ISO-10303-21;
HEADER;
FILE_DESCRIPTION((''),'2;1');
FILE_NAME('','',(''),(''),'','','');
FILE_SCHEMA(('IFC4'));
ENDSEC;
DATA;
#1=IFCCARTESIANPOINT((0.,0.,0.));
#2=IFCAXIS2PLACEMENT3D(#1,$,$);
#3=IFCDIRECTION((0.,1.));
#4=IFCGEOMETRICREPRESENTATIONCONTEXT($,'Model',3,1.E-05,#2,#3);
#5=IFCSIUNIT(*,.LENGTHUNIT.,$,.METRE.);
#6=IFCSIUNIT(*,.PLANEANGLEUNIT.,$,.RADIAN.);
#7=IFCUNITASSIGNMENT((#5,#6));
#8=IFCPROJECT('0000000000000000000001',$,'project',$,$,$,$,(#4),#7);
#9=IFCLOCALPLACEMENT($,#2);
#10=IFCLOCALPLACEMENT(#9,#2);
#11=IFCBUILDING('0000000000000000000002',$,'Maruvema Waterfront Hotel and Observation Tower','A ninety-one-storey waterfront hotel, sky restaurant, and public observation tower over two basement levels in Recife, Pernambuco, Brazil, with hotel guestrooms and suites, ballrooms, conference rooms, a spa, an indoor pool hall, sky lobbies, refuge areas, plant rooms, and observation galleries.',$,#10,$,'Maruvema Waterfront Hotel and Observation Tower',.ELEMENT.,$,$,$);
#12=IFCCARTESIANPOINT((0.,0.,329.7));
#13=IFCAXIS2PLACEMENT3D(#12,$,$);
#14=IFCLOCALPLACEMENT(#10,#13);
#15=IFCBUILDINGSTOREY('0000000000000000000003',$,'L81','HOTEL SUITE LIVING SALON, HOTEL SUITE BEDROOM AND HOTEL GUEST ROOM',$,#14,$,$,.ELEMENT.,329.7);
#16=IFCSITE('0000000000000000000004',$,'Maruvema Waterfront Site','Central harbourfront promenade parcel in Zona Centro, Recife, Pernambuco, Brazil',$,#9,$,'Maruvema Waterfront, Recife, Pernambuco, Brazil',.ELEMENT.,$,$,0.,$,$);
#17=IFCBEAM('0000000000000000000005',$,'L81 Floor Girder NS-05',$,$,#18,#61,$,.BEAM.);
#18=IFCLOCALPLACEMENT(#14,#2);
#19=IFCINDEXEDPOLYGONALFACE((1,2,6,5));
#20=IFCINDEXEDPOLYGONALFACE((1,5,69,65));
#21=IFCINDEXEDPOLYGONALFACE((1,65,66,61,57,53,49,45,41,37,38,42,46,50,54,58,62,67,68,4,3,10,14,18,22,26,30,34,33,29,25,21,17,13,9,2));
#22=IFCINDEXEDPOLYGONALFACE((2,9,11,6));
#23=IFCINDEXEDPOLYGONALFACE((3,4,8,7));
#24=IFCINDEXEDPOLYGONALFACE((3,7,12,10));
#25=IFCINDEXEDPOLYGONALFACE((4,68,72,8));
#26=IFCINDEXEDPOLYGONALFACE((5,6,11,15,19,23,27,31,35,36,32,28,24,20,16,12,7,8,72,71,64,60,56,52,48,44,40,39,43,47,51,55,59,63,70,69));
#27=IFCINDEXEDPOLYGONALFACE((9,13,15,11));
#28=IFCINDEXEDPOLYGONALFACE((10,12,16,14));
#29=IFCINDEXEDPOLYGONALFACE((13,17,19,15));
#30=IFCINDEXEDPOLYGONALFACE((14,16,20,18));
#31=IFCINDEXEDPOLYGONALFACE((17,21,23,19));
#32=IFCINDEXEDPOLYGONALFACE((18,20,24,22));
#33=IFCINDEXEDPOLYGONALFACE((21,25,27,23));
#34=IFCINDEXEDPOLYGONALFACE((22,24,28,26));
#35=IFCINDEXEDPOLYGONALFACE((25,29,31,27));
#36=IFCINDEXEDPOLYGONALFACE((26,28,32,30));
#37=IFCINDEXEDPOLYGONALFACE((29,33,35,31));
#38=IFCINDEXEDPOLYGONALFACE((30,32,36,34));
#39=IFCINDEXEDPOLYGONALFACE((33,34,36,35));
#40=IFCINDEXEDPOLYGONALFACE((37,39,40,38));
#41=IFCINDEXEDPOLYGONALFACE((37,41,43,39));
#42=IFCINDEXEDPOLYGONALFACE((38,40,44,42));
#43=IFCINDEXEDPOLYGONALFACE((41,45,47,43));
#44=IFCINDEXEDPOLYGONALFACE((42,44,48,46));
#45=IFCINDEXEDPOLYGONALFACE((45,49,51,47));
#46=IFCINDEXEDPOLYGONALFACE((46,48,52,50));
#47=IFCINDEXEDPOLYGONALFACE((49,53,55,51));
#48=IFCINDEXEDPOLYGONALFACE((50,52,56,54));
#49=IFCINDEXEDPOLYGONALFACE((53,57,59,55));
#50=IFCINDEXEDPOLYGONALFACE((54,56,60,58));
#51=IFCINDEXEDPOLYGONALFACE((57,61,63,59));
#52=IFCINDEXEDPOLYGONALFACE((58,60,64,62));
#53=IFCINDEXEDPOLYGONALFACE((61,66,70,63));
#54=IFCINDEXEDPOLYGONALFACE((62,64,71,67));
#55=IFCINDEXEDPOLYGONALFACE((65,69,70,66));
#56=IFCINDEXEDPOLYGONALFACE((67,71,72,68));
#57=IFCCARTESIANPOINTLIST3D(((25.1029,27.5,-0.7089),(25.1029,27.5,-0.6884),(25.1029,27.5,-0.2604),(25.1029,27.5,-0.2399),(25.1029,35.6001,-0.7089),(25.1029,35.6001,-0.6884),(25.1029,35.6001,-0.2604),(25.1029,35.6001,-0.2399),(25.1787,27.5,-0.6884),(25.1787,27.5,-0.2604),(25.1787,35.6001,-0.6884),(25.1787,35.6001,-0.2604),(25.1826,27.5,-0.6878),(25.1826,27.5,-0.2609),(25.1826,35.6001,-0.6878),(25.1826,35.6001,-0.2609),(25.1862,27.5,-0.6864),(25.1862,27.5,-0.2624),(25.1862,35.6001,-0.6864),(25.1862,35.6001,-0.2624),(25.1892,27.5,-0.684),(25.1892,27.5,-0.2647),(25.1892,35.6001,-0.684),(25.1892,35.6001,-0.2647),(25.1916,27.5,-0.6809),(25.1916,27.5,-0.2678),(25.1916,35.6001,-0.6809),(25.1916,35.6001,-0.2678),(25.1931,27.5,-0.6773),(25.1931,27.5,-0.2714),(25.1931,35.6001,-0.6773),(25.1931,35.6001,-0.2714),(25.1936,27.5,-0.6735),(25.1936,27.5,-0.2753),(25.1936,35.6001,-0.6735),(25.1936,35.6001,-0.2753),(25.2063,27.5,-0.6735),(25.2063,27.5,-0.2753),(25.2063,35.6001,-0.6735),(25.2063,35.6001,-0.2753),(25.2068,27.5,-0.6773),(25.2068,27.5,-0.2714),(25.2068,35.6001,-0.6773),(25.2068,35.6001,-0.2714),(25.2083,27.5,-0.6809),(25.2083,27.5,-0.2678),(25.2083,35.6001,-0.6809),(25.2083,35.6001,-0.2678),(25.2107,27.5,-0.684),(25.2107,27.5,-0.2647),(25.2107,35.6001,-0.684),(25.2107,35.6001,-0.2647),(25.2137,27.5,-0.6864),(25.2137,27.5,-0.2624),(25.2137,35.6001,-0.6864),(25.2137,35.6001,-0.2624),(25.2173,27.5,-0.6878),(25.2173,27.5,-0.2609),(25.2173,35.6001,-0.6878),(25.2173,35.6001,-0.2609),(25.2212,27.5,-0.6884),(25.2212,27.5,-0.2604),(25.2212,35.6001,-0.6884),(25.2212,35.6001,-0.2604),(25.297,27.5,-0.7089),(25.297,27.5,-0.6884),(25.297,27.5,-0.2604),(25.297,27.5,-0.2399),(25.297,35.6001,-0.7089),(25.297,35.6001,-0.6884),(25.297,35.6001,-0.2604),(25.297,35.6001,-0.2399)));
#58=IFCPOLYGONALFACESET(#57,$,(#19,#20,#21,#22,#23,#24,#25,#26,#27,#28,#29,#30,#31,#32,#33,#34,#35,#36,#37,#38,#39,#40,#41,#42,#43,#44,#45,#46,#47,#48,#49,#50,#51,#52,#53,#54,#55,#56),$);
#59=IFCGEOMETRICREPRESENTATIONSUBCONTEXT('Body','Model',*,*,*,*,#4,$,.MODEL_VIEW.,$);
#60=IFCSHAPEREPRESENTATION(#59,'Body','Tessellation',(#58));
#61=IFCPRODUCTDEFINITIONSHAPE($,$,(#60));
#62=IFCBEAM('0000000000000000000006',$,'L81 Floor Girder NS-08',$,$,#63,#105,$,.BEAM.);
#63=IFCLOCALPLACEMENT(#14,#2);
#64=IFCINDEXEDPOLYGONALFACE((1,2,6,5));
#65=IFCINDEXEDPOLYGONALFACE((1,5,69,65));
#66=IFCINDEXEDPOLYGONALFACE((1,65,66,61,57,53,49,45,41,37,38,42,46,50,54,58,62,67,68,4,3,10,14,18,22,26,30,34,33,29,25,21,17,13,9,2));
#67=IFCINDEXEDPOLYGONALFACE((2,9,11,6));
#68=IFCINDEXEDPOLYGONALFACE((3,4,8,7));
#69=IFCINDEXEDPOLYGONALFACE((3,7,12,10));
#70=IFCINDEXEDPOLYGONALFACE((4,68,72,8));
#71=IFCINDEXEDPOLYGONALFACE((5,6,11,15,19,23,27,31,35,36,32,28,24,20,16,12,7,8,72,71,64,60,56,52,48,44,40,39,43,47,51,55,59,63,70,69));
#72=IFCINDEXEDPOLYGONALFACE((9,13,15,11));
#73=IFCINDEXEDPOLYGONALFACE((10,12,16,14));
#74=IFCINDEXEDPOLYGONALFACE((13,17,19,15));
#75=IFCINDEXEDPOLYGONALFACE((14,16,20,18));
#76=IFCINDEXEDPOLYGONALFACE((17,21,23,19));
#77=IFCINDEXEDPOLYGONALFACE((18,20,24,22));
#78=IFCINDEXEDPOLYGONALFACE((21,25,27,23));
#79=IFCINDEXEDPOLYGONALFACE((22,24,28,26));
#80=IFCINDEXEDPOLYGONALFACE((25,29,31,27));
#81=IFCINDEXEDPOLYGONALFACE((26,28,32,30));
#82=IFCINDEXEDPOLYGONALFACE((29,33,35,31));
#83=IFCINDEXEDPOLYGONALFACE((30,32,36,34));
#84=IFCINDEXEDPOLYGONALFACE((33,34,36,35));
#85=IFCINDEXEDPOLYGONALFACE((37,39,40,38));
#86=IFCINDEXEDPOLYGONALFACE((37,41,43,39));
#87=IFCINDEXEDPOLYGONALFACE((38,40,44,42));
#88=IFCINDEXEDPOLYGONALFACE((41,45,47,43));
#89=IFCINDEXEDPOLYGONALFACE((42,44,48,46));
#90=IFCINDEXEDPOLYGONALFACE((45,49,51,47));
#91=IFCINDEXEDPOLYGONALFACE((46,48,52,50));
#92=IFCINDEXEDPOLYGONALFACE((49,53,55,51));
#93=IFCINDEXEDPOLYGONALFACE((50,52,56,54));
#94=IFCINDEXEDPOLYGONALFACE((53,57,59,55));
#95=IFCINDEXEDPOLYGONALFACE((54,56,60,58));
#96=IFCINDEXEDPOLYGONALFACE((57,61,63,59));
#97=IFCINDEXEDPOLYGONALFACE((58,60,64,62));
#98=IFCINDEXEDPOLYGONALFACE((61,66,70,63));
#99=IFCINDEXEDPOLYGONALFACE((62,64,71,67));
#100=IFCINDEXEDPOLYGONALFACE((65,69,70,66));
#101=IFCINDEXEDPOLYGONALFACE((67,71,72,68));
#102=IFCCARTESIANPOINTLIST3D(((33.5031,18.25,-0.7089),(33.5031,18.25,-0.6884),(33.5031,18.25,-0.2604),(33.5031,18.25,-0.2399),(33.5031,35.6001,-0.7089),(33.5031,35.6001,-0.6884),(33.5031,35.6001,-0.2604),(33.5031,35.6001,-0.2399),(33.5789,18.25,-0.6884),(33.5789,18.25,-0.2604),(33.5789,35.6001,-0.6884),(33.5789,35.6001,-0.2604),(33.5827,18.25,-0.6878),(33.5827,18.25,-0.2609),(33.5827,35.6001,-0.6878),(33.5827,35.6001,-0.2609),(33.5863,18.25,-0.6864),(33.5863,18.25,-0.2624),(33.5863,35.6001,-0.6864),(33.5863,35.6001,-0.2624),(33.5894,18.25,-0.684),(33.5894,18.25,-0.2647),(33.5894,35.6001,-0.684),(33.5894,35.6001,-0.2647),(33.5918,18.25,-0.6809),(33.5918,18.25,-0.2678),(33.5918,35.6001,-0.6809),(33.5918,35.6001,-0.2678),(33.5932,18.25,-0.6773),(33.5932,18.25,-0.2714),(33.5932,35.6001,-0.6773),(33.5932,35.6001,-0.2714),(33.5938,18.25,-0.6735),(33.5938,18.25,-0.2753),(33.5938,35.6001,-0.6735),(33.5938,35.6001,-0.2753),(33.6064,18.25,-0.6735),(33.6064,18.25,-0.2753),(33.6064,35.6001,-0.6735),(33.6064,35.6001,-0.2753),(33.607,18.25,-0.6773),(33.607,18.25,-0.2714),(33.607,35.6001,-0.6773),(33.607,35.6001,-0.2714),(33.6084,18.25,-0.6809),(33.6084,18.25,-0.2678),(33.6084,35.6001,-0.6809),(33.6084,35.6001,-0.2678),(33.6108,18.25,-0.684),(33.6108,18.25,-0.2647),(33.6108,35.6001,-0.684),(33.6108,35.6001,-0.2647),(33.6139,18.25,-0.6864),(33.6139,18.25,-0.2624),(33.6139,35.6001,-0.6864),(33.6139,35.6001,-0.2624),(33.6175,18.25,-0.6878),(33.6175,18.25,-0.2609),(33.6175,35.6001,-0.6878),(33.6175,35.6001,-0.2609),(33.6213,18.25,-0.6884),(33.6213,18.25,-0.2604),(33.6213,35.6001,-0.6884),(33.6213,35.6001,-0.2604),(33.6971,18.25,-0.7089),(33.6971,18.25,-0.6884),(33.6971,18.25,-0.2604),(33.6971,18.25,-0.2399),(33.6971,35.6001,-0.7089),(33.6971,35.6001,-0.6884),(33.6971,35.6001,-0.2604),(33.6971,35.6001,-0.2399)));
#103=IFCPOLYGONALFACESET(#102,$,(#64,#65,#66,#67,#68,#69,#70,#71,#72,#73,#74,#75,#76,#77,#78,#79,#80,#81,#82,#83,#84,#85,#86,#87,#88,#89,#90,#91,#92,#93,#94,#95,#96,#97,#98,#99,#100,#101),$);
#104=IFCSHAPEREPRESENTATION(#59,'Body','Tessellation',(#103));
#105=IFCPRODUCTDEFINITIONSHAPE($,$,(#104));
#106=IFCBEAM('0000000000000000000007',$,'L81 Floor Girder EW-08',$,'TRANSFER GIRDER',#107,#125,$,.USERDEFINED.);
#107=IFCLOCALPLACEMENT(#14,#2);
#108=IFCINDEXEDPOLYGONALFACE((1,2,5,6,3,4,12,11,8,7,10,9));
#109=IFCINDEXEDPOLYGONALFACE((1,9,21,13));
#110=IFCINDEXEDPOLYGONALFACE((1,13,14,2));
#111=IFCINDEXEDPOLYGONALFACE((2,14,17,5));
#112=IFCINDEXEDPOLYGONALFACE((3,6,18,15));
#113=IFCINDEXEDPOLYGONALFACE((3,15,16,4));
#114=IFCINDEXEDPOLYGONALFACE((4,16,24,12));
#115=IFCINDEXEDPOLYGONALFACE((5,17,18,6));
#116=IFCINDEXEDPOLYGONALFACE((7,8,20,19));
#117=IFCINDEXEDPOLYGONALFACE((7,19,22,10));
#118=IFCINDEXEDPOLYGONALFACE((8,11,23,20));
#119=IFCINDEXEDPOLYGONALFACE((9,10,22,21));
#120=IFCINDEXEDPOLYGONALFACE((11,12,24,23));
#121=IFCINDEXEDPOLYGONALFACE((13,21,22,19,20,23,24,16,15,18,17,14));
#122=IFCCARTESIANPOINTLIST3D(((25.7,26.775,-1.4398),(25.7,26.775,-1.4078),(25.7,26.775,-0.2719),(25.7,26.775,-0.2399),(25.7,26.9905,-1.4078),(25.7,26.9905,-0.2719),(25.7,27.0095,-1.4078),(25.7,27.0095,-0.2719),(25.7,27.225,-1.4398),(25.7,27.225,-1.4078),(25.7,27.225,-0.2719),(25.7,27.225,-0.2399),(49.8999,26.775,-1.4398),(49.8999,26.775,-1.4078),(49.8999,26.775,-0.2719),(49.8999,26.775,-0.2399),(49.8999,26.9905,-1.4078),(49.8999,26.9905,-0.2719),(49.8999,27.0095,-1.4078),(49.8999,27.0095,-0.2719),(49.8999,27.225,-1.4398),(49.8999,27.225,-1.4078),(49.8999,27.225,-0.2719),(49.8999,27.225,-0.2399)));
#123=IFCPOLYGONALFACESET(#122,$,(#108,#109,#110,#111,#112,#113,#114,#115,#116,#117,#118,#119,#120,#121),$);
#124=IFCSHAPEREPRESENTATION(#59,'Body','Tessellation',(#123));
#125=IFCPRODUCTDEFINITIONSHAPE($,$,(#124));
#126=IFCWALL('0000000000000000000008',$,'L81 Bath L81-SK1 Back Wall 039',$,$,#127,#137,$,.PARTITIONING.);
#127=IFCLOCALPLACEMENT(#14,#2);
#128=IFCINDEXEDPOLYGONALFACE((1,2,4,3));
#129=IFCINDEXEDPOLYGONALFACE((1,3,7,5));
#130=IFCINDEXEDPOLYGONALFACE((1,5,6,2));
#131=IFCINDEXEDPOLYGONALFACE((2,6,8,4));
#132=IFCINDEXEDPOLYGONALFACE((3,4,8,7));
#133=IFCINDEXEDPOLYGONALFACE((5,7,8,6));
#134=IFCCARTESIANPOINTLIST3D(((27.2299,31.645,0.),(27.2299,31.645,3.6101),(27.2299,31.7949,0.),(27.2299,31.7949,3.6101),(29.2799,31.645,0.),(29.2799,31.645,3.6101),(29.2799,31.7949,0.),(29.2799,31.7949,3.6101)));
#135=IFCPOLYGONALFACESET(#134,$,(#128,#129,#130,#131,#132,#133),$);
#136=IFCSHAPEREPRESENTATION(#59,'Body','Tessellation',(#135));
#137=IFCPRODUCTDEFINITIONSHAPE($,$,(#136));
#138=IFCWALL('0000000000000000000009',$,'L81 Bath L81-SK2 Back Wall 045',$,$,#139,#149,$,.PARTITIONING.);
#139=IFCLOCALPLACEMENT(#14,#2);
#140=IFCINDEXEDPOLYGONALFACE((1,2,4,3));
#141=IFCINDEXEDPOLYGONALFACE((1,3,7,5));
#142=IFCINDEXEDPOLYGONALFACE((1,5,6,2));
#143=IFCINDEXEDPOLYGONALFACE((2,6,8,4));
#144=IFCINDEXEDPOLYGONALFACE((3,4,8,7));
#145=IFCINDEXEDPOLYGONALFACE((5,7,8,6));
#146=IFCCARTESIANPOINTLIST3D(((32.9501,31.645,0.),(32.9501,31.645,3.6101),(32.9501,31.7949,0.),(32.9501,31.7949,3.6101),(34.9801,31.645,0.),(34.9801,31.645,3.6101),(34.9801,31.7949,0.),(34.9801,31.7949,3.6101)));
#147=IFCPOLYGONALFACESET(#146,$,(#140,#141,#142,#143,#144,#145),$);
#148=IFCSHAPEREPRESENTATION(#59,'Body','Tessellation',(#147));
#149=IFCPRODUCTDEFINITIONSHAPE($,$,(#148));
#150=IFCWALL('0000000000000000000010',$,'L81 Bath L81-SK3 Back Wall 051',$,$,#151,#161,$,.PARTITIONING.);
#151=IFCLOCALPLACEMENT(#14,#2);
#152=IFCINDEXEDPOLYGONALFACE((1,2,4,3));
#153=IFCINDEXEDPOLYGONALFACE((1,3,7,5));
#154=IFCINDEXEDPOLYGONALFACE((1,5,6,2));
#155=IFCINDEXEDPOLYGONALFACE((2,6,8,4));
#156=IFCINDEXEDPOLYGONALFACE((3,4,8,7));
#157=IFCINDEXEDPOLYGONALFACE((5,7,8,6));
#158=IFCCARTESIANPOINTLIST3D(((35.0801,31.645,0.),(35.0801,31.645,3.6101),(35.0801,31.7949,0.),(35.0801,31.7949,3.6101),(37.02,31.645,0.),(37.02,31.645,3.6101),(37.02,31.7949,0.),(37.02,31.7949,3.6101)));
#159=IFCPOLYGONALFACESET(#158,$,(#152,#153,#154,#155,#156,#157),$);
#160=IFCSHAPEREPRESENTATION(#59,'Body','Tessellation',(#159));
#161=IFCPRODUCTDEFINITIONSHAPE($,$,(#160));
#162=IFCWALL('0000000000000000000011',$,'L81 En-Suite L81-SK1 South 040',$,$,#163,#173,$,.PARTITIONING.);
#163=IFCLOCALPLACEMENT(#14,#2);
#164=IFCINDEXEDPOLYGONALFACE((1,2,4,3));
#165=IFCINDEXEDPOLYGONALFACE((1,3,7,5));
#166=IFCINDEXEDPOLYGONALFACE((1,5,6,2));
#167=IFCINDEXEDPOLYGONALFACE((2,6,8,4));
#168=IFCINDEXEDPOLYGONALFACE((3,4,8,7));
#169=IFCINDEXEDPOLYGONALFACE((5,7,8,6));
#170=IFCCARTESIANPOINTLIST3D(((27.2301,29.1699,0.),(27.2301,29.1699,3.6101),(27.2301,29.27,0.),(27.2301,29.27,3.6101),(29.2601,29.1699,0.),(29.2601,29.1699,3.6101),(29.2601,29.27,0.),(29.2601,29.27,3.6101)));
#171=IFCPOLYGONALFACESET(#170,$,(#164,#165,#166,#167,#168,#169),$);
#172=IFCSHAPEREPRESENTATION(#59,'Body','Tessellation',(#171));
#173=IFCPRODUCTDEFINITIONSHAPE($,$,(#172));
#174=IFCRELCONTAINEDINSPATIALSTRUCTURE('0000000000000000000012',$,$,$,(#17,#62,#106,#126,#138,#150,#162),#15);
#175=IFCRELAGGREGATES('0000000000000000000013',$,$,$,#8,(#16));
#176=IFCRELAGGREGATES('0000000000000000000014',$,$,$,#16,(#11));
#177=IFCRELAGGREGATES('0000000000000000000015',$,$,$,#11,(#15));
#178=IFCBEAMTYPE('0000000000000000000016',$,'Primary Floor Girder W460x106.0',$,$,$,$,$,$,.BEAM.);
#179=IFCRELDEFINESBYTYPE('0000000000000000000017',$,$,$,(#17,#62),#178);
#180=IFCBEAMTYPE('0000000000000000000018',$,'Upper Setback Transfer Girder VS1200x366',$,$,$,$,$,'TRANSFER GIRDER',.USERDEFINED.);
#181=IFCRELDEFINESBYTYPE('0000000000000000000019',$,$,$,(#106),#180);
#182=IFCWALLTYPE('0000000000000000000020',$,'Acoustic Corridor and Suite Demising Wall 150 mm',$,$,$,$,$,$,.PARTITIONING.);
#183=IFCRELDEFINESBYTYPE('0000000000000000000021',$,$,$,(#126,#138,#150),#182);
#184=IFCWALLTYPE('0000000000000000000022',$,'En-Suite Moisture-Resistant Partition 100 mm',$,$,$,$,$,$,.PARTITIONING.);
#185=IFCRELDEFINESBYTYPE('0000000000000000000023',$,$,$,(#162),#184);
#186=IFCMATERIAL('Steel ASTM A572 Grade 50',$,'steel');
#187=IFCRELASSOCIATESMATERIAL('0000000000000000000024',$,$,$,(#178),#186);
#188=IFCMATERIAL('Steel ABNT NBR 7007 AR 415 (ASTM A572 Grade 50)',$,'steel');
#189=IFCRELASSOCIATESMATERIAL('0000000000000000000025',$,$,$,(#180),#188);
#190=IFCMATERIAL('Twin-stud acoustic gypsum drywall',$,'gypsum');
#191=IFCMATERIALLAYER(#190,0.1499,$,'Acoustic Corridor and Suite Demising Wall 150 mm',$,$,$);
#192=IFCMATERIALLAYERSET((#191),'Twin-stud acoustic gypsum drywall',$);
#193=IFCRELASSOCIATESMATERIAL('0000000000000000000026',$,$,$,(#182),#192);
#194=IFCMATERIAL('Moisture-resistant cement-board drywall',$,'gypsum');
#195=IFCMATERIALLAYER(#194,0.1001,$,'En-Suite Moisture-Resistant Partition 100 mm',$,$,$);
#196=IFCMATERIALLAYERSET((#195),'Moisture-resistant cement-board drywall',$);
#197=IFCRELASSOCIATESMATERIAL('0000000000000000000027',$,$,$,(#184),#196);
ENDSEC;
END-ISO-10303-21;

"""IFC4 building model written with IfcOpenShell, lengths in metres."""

from ifc_helpers import new_model, si_unit, direction, frame, frame_2d, origin, origin_2d, place, context, subcontext, project, spatial, rectangle, i_section, extrude, material, layer, layer_set, material_profile, profile_set, type_object, element, save


model = new_model("IFC4")

# Units and contexts
model_context = context("Model", 3, precision=1e-05, world=origin(), true_north=direction((0.0, 1.0)))
body_context = subcontext(model_context, "Body", "Model", "MODEL_VIEW")
ifc_project = project(units=[si_unit("LENGTHUNIT", "METRE"), si_unit("PLANEANGLEUNIT", "RADIAN")], contexts=[model_context])

# Site, building, storey
site_placement = place(None, origin())
site = spatial("IfcSite", under=ifc_project, at=site_placement, Name="Maruvema Waterfront Site", Description="Central harbourfront promenade parcel in Zona Centro, Recife, Pernambuco, Brazil", LongName="Maruvema Waterfront, Recife, Pernambuco, Brazil", CompositionType="ELEMENT", RefElevation=0.0)
building_placement = place(site_placement, origin())
building = spatial("IfcBuilding", under=site, at=building_placement, Name="Maruvema Waterfront Hotel and Observation Tower", Description="A ninety-one-storey waterfront hotel, sky restaurant, and public observation tower over two basement levels in Recife, Pernambuco, Brazil, with hotel guestrooms and suites, ballrooms, conference rooms, a spa, an indoor pool hall, sky lobbies, refuge areas, plant rooms, and observation galleries.", LongName="Maruvema Waterfront Hotel and Observation Tower", CompositionType="ELEMENT")
storey_placement = place(building_placement, frame((0.0, 0.0, 329.7)))
storey = spatial("IfcBuildingStorey", under=building, at=storey_placement, Name="L81", Description="HOTEL SUITE LIVING SALON, HOTEL SUITE BEDROOM AND HOTEL GUEST ROOM", CompositionType="ELEMENT", Elevation=329.7)

# Beams
ifc_material_1 = material(Name="Steel ASTM A572 Grade 50", Category="steel")
ifc_material_profile_1 = material_profile(ifc_material_1, i_section(OverallWidth=0.1941, OverallDepth=0.469, WebThickness=0.0127, FlangeThickness=0.0205, FilletRadius=0.0149, at=origin_2d()), Name="W460x106.0")
ifc_profile_set_1 = profile_set([ifc_material_profile_1], Name="Steel ASTM A572 Grade 50")
beam_type_1 = type_object("IfcBeamType", Name="Primary Floor Girder W460x106.0", PredefinedType="BEAM", material=ifc_profile_set_1)
for number, where, z_axis, x_axis, name in (
    (1, (25.2, 27.5, -0.4744), (0.0, 1.0, 0.0), (-1.0, 0.0, 0.0), "L81 Floor Girder NS-05"),
):
    element("IfcBeam", number, at=place(storey_placement, frame(where, z_axis=z_axis, x_axis=x_axis)), inside=storey, type_object=beam_type_1, Name=name, PredefinedType="BEAM", context=body_context, shape_type="SweptSolid", body=[
        extrude(i_section(OverallWidth=0.1941, OverallDepth=0.469, WebThickness=0.0127, FlangeThickness=0.0205, FilletRadius=0.0149, at=origin_2d()), origin(), (0.0, 0.0, 1.0), 8.1001),
    ])
beam_1_placement = place(storey_placement, frame((33.6001, 18.25, -0.4744), z_axis=(0.0, 1.0, 0.0), x_axis=(-1.0, 0.0, 0.0)))
element("IfcBeam", 2, at=beam_1_placement, inside=storey, type_object=beam_type_1, Name="L81 Floor Girder NS-08", PredefinedType="BEAM", context=body_context, shape_type="SweptSolid", body=[
    extrude(i_section(OverallWidth=0.1941, OverallDepth=0.469, WebThickness=0.0127, FlangeThickness=0.0205, FilletRadius=0.0149, at=origin_2d()), origin(), (0.0, 0.0, 1.0), 17.3501),
])
ifc_material_2 = material(Name="Steel ABNT NBR 7007 AR 415 (ASTM A572 Grade 50)", Category="steel")
ifc_material_profile_2 = material_profile(ifc_material_2, i_section(OverallWidth=0.45, OverallDepth=1.2, WebThickness=0.019, FlangeThickness=0.032, at=origin_2d()), Name="VS1200x366")
ifc_profile_set_2 = profile_set([ifc_material_profile_2], Name="Steel ABNT NBR 7007 AR 415 (ASTM A572 Grade 50)")
beam_type_2 = type_object("IfcBeamType", Name="Upper Setback Transfer Girder VS1200x366", ElementType="TRANSFER GIRDER", PredefinedType="USERDEFINED", material=ifc_profile_set_2)
beam_2_placement = place(storey_placement, frame((25.7, 27.0, -0.8398), z_axis=(1.0, 0.0, 0.0), x_axis=(0.0, 1.0, 0.0)))
element("IfcBeam", 3, at=beam_2_placement, inside=storey, type_object=beam_type_2, Name="L81 Floor Girder EW-08", ObjectType="TRANSFER GIRDER", PredefinedType="USERDEFINED", context=body_context, shape_type="SweptSolid", body=[
    extrude(i_section(OverallWidth=0.45, OverallDepth=1.2, WebThickness=0.019, FlangeThickness=0.032, at=origin_2d()), origin(), (0.0, 0.0, 1.0), 24.2),
])

# Walls
ifc_material_3 = material(Name="Twin-stud acoustic gypsum drywall", Category="gypsum")
ifc_layer_1 = layer(ifc_material_3, 0.1499, Name="Acoustic Corridor and Suite Demising Wall 150 mm")
ifc_layer_set_1 = layer_set([ifc_layer_1], Name="Twin-stud acoustic gypsum drywall")
wall_type_1 = type_object("IfcWallType", Name="Acoustic Corridor and Suite Demising Wall 150 mm", PredefinedType="PARTITIONING", material=ifc_layer_set_1)
wall_1_placement = place(storey_placement, frame((27.23, 31.72, 0.0), z_axis=(0.0, 0.0, 1.0), x_axis=(1.0, 0.0, 0.0)))
element("IfcWall", 4, at=wall_1_placement, inside=storey, type_object=wall_type_1, Name="L81 Bath L81-SK1 Back Wall 039", PredefinedType="PARTITIONING", context=body_context, shape_type="SweptSolid", body=[
    extrude(rectangle(XDim=2.05, YDim=0.1499, at=frame_2d((1.0249, 0.0))), origin(), (0.0, 0.0, 1.0), 3.6101),
])
wall_2_placement = place(storey_placement, frame((32.95, 31.72, 0.0), z_axis=(0.0, 0.0, 1.0), x_axis=(1.0, 0.0, 0.0)))
element("IfcWall", 5, at=wall_2_placement, inside=storey, type_object=wall_type_1, Name="L81 Bath L81-SK2 Back Wall 045", PredefinedType="PARTITIONING", context=body_context, shape_type="SweptSolid", body=[
    extrude(rectangle(XDim=2.03, YDim=0.1499, at=frame_2d((1.0151, 0.0))), origin(), (0.0, 0.0, 1.0), 3.6101),
])

# Walls
wall_3_placement = place(storey_placement, frame((35.0801, 31.72, 0.0), z_axis=(0.0, 0.0, 1.0), x_axis=(1.0, 0.0, 0.0)))
element("IfcWall", 6, at=wall_3_placement, inside=storey, type_object=wall_type_1, Name="L81 Bath L81-SK3 Back Wall 051", PredefinedType="PARTITIONING", context=body_context, shape_type="SweptSolid", body=[
    extrude(rectangle(XDim=1.9399, YDim=0.1499, at=frame_2d((0.97, 0.0))), origin(), (0.0, 0.0, 1.0), 3.6101),
])
ifc_material_4 = material(Name="Moisture-resistant cement-board drywall", Category="gypsum")
ifc_layer_2 = layer(ifc_material_4, 0.1001, Name="En-Suite Moisture-Resistant Partition 100 mm")
ifc_layer_set_2 = layer_set([ifc_layer_2], Name="Moisture-resistant cement-board drywall")
wall_type_2 = type_object("IfcWallType", Name="En-Suite Moisture-Resistant Partition 100 mm", PredefinedType="PARTITIONING", material=ifc_layer_set_2)
wall_4_placement = place(storey_placement, frame((27.23, 29.22, 0.0), z_axis=(0.0, 0.0, 1.0), x_axis=(1.0, 0.0, 0.0)))
element("IfcWall", 7, at=wall_4_placement, inside=storey, type_object=wall_type_2, Name="L81 En-Suite L81-SK1 South 040", PredefinedType="PARTITIONING", context=body_context, shape_type="SweptSolid", body=[
    extrude(rectangle(XDim=2.03, YDim=0.1001, at=frame_2d((1.0151, 0.0))), origin(), (0.0, 0.0, 1.0), 3.6101),
])

save(model, "model.ifc")
